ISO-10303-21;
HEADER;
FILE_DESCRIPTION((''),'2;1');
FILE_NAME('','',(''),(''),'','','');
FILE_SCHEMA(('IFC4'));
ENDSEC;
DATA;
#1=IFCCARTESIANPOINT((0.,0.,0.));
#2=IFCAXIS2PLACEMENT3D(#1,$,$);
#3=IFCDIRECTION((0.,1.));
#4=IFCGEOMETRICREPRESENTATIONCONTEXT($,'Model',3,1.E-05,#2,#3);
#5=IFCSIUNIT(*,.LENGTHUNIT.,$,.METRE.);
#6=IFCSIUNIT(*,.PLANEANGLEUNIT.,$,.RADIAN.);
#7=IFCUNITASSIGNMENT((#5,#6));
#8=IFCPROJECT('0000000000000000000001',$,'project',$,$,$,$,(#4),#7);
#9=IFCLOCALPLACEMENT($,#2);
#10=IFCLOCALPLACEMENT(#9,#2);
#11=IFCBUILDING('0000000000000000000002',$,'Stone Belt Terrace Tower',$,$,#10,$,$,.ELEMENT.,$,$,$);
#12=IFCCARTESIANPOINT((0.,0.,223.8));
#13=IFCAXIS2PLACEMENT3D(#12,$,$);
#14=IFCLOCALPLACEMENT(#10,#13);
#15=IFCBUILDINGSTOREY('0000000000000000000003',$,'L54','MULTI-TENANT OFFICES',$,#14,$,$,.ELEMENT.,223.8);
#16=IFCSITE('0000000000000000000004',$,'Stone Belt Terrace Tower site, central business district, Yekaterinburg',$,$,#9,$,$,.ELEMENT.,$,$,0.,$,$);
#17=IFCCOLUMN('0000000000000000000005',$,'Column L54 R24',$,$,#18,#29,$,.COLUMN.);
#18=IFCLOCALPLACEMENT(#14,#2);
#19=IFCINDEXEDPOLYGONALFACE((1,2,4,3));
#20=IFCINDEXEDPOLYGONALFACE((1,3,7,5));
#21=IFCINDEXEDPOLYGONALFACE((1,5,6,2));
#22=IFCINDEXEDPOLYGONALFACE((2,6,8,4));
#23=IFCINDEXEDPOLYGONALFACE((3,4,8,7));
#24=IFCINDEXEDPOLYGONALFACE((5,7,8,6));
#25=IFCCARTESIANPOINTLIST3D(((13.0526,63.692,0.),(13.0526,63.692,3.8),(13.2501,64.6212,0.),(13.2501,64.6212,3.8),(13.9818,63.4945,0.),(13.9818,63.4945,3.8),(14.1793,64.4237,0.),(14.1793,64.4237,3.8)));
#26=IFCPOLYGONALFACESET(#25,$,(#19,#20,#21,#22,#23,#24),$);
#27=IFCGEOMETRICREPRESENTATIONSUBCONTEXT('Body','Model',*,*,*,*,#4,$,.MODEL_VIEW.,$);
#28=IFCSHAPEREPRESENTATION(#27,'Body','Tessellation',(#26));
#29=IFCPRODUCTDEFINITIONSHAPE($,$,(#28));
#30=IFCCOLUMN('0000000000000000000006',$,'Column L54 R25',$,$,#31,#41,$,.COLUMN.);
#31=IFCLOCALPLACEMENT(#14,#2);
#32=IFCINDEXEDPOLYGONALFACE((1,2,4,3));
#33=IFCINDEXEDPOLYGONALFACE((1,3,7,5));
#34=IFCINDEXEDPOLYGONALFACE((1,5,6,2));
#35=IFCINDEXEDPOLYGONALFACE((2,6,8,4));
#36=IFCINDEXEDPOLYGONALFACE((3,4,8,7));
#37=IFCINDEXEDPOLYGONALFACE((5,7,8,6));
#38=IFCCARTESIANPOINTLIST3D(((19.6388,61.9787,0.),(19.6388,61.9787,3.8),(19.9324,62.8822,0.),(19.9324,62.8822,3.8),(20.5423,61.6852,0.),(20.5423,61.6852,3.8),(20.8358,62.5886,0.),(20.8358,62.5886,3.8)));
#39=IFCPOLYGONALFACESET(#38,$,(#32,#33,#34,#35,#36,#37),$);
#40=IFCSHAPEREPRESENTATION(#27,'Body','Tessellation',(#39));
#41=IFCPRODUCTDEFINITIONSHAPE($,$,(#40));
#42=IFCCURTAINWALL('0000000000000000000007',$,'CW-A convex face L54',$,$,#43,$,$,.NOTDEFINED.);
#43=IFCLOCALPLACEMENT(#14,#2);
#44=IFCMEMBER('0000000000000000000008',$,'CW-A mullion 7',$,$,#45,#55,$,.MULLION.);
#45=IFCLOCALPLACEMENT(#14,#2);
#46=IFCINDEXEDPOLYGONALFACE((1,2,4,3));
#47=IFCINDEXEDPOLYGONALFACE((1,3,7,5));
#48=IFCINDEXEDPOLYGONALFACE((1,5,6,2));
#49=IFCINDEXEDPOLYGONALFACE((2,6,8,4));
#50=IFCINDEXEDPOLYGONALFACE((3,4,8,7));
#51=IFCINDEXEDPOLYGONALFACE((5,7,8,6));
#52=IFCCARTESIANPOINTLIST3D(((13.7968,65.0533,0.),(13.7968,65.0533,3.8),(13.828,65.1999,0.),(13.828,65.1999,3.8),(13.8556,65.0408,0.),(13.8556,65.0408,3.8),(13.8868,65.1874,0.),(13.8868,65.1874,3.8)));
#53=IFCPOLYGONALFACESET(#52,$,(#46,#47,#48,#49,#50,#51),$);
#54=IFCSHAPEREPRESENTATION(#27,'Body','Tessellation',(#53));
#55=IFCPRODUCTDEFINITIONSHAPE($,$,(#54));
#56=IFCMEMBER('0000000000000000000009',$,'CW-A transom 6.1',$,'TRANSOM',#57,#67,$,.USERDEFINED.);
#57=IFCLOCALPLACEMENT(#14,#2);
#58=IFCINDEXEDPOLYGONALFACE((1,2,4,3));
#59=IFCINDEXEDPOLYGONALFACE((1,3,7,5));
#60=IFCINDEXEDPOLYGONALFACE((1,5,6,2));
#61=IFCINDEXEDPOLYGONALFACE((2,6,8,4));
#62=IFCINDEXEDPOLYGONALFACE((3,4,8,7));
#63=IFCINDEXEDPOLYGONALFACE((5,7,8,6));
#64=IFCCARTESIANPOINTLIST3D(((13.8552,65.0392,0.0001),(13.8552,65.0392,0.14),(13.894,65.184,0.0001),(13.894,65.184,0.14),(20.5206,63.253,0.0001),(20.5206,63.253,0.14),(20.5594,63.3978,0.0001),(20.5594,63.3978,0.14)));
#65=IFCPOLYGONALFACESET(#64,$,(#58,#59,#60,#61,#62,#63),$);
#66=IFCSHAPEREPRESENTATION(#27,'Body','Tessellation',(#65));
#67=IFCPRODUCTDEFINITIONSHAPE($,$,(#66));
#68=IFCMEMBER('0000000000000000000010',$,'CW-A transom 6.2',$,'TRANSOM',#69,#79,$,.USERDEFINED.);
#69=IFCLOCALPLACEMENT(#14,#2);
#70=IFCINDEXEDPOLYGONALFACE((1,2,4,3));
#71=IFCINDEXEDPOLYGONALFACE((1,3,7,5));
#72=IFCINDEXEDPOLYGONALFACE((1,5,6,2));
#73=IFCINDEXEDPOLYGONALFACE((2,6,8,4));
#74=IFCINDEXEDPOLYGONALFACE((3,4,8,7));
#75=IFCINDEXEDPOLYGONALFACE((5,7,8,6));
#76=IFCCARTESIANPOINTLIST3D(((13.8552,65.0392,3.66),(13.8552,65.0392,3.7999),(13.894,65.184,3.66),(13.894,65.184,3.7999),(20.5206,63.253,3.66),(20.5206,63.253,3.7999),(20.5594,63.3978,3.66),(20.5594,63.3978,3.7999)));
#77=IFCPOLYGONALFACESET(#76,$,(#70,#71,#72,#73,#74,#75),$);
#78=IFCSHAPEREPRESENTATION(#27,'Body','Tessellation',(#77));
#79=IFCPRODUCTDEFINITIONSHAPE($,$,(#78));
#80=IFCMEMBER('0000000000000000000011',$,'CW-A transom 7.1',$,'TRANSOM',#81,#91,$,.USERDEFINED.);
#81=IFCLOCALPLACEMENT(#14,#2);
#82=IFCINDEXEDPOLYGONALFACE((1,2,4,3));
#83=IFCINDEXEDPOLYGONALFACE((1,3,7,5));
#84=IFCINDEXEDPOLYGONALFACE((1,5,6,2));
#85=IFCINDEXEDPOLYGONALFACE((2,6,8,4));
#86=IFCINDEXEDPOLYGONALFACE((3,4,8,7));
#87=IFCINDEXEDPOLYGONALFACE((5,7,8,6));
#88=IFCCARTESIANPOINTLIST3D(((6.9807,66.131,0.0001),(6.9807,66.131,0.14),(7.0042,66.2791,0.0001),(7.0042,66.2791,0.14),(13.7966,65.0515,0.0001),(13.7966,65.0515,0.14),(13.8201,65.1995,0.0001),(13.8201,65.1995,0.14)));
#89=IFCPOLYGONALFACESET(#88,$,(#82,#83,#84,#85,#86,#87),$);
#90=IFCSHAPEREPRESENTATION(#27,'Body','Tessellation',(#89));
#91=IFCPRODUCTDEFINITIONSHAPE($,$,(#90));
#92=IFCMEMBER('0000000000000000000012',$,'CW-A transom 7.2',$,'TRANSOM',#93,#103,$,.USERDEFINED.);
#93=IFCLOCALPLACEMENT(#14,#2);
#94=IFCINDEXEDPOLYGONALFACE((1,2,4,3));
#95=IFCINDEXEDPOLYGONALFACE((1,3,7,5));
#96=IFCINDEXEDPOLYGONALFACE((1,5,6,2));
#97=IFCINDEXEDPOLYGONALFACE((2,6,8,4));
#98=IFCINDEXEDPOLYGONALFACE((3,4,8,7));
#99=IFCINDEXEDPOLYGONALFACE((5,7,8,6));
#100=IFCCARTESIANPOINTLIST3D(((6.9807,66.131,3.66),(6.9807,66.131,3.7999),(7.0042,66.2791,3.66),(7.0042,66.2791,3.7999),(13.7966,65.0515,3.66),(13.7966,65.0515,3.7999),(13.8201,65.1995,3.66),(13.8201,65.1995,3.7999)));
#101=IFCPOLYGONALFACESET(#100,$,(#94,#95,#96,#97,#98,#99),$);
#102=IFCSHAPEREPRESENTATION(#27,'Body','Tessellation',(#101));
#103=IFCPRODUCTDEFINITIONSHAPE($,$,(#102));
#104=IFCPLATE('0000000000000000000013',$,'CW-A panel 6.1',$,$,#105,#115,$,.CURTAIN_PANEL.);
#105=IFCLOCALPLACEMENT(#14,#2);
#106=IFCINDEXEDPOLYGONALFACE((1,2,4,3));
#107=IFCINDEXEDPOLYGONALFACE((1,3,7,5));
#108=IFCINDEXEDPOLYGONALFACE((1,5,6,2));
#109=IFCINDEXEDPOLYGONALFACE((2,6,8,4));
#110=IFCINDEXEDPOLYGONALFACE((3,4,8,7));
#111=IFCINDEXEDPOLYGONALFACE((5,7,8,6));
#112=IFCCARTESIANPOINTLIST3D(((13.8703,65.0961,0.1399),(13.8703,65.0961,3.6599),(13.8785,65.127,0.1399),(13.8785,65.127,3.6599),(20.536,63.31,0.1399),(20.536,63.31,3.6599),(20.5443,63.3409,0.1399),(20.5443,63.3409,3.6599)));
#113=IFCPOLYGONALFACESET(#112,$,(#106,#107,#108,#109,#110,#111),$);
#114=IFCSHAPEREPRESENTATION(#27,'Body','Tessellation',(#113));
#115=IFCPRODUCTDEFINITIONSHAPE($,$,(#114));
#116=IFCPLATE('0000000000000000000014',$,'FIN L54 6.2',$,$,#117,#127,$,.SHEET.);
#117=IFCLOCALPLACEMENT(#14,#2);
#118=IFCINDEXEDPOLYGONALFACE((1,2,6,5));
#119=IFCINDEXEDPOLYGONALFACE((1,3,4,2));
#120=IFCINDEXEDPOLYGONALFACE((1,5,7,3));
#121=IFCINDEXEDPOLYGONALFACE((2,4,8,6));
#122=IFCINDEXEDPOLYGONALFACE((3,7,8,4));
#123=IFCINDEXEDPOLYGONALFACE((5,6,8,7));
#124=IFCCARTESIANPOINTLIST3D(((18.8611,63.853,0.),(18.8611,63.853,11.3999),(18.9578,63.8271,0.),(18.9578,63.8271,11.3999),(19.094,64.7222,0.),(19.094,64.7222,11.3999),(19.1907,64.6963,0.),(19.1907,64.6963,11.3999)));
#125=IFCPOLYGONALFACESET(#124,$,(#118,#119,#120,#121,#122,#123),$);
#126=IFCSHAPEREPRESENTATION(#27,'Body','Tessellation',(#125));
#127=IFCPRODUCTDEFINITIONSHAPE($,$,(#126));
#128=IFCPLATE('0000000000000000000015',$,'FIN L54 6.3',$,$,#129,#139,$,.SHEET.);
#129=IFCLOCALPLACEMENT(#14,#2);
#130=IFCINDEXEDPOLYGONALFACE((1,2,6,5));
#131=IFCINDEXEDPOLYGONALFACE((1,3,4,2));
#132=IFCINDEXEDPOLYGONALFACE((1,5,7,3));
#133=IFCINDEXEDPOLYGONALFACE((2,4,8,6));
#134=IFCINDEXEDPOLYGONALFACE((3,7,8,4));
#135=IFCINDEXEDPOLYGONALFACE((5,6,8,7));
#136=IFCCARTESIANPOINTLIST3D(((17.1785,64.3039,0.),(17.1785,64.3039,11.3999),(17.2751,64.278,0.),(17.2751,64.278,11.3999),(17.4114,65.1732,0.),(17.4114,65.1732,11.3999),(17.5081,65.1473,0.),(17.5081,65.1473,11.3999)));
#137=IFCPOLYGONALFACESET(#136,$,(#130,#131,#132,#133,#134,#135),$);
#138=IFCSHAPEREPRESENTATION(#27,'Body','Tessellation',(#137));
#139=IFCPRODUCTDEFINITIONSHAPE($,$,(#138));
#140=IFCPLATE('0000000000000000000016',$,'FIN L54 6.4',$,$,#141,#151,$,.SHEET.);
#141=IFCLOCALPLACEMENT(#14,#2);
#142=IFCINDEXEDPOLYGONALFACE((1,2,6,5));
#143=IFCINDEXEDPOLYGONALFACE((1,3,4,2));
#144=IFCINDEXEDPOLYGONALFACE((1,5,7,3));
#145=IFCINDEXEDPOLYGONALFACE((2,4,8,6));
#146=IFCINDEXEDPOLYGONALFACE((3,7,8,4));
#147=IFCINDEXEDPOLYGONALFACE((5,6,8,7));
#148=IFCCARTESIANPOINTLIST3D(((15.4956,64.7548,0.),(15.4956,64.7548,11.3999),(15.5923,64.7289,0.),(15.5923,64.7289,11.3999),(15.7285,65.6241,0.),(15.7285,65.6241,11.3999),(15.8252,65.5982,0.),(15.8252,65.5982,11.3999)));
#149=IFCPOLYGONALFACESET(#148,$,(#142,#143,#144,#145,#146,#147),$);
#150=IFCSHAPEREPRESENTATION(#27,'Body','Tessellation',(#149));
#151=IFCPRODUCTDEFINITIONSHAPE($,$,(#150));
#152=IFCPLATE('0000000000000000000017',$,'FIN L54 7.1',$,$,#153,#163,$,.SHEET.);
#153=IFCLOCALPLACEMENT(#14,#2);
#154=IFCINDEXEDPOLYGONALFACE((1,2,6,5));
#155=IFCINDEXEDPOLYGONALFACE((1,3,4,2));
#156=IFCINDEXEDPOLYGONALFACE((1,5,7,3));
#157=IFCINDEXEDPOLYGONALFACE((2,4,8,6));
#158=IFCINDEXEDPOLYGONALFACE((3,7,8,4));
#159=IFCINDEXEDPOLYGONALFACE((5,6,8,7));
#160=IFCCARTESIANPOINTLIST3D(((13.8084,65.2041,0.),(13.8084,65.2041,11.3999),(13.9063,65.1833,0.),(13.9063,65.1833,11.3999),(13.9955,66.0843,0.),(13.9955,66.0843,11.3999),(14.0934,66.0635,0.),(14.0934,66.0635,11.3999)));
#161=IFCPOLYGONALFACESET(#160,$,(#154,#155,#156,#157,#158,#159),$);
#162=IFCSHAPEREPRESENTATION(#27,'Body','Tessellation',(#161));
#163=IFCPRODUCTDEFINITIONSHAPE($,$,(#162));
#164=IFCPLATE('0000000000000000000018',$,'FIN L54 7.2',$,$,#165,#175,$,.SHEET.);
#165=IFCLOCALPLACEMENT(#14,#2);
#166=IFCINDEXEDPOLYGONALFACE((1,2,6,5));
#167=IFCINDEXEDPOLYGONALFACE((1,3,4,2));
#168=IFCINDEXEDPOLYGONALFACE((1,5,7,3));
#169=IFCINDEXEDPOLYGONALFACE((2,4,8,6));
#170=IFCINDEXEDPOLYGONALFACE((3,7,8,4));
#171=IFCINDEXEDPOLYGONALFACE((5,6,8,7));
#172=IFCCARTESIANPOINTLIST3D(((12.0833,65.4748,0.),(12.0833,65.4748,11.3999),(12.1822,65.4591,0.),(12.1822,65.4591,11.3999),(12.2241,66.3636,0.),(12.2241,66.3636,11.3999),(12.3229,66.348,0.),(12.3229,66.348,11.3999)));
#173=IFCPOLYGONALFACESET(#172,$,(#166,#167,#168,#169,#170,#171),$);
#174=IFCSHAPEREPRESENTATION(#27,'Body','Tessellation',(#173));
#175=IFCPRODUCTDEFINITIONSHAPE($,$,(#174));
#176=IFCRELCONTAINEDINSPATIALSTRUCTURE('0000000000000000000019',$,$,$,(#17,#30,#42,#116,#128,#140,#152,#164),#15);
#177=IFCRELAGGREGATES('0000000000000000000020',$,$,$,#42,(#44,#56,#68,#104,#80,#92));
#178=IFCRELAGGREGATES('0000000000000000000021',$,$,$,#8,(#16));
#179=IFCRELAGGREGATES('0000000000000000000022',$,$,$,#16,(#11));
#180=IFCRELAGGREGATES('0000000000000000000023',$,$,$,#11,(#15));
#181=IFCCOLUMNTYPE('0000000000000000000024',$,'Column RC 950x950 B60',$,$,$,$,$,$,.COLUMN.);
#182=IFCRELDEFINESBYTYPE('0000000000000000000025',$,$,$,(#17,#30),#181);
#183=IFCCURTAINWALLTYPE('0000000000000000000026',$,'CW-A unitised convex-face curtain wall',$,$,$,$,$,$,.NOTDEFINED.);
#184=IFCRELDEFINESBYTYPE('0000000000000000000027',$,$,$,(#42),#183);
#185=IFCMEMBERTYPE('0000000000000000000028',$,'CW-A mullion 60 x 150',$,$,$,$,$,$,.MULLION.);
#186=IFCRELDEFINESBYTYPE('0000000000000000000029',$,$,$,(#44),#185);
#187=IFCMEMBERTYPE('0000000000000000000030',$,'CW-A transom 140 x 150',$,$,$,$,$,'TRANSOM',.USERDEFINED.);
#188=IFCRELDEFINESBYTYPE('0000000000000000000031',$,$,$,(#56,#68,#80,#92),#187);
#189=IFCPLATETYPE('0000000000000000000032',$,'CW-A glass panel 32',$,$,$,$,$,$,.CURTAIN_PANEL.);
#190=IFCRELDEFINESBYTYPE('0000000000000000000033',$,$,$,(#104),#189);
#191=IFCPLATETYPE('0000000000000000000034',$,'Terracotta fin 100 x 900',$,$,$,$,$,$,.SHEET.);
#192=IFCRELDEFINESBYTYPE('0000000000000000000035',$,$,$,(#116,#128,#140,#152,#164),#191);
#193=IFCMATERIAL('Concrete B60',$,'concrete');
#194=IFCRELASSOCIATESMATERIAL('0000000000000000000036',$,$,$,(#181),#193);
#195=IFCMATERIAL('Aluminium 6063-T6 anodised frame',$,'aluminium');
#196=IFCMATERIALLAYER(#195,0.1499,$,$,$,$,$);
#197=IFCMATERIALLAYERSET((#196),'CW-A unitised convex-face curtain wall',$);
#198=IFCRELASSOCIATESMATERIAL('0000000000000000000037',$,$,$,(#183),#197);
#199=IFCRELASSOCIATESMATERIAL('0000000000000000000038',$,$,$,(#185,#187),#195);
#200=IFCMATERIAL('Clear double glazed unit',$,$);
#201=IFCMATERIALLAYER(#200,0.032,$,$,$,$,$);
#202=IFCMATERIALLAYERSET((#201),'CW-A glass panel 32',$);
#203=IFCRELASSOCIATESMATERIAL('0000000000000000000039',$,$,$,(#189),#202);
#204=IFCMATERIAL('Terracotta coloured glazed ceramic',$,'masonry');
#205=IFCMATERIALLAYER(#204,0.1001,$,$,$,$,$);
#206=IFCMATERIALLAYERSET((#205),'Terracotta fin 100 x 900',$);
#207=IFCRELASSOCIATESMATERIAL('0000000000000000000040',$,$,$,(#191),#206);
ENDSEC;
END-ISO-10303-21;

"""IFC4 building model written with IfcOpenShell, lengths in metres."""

from ifc_helpers import new_model, si_unit, direction, frame, origin, origin_2d, place, context, subcontext, project, spatial, rectangle, extrude, material, layer, layer_set, material_profile, profile_set, type_object, element, aggregate, save


model = new_model("IFC4")

# Units and contexts
model_context = context("Model", 3, precision=1e-05, world=origin(), true_north=direction((0.0, 1.0)))
body_context = subcontext(model_context, "Body", "Model", "MODEL_VIEW")
ifc_project = project(units=[si_unit("LENGTHUNIT", "METRE"), si_unit("PLANEANGLEUNIT", "RADIAN")], contexts=[model_context])

# Site, building, storey
site_placement = place(None, origin())
site = spatial("IfcSite", under=ifc_project, at=site_placement, Name="Stone Belt Terrace Tower site, central business district, Yekaterinburg", CompositionType="ELEMENT", RefElevation=0.0)
building_placement = place(site_placement, origin())
building = spatial("IfcBuilding", under=site, at=building_placement, Name="Stone Belt Terrace Tower", CompositionType="ELEMENT")
storey_placement = place(building_placement, frame((0.0, 0.0, 223.8)))
storey = spatial("IfcBuildingStorey", under=building, at=storey_placement, Name="L54", Description="MULTI-TENANT OFFICES", CompositionType="ELEMENT", Elevation=223.8)

# Columns
ifc_material_1 = material(Name="Concrete B60", Category="concrete")
ifc_material_profile_1 = material_profile(ifc_material_1, rectangle(XDim=0.95, YDim=0.95, at=origin_2d()), Name="RC 950x950")
ifc_profile_set_1 = profile_set([ifc_material_profile_1], Name="Concrete B60")
column_type = type_object("IfcColumnType", Name="Column RC 950x950 B60", PredefinedType="COLUMN", material=ifc_profile_set_1)
for number, where, z_axis, x_axis, name in (
    (1, (13.616, 64.0579, 0.0), (0.0, 0.0, 1.0), (0.978148, -0.207912, 0.0), "Column L54 R24"),
    (2, (20.2373, 62.2837, 0.0), (0.0, 0.0, 1.0), (0.951057, -0.309017, 0.0), "Column L54 R25"),
):
    element("IfcColumn", number, at=place(storey_placement, frame(where, z_axis=z_axis, x_axis=x_axis)), inside=storey, type_object=column_type, Name=name, PredefinedType="COLUMN", context=body_context, shape_type="SweptSolid", body=[
        extrude(rectangle(XDim=0.95, YDim=0.95, at=origin_2d()), origin(), (0.0, 0.0, 1.0), 3.8),
    ])

# Curtain wall, members, plate
ifc_material_2 = material(Name="Aluminium 6063-T6 anodised frame", Category="aluminium")
ifc_layer_1 = layer(ifc_material_2, 0.1499)
ifc_layer_set_1 = layer_set([ifc_layer_1], Name="CW-A unitised convex-face curtain wall")
curtain_wall_type = type_object("IfcCurtainWallType", Name="CW-A unitised convex-face curtain wall", PredefinedType="NOTDEFINED", material=ifc_layer_set_1)
curtain_wall_placement = place(storey_placement, origin())
curtain_wall = element("IfcCurtainWall", 3, at=curtain_wall_placement, inside=storey, type_object=curtain_wall_type, Name="CW-A convex face L54", PredefinedType="NOTDEFINED")
ifc_material_profile_2 = material_profile(ifc_material_2, rectangle(XDim=0.1499, YDim=0.0601, at=origin_2d()), Name="Aluminium 6063-T6 60x150")
ifc_profile_set_2 = profile_set([ifc_material_profile_2], Name="Aluminium 6063-T6 anodised frame")
member_type_1 = type_object("IfcMemberType", Name="CW-A mullion 60 x 150", PredefinedType="MULLION", material=ifc_profile_set_2)
member_1_placement = place(storey_placement, frame((13.8418, 65.1204, 0.0), z_axis=(0.0, 0.0, 1.0), x_axis=(-0.207912, -0.978148, 0.0)))
member_1 = element("IfcMember", 4, at=member_1_placement, type_object=member_type_1, Name="CW-A mullion 7", PredefinedType="MULLION", context=body_context, shape_type="SweptSolid", body=[
    extrude(rectangle(XDim=0.1499, YDim=0.0601, at=origin_2d()), origin(), (0.0, 0.0, 1.0), 3.8),
])
ifc_material_profile_3 = material_profile(ifc_material_2, rectangle(XDim=0.1499, YDim=0.1399, at=origin_2d()), Name="Aluminium 6063-T6 150x140")
ifc_profile_set_3 = profile_set([ifc_material_profile_3], Name="Aluminium 6063-T6 anodised frame")
member_type_2 = type_object("IfcMemberType", Name="CW-A transom 140 x 150", ElementType="TRANSOM", PredefinedType="USERDEFINED", material=ifc_profile_set_3)
member_2_placement = place(storey_placement, frame((20.54, 63.3254, 0.0701), z_axis=(-0.965922, 0.258834, 0.0), x_axis=(-0.258834, -0.965922, 0.0)))
member_2 = element("IfcMember", 5, at=member_2_placement, type_object=member_type_2, Name="CW-A transom 6.1", ObjectType="TRANSOM", PredefinedType="USERDEFINED", context=body_context, shape_type="SweptSolid", body=[
    extrude(rectangle(XDim=0.1499, YDim=0.1399, at=origin_2d()), origin(), (0.0, 0.0, 1.0), 6.9006),
])
member_3_placement = place(storey_placement, frame((20.54, 63.3254, 3.73), z_axis=(-0.965922, 0.258834, 0.0), x_axis=(-0.258834, -0.965922, 0.0)))
member_3 = element("IfcMember", 6, at=member_3_placement, type_object=member_type_2, Name="CW-A transom 6.2", ObjectType="TRANSOM", PredefinedType="USERDEFINED", context=body_context, shape_type="SweptSolid", body=[
    extrude(rectangle(XDim=0.1499, YDim=0.1399, at=origin_2d()), origin(), (0.0, 0.0, 1.0), 6.9006),
])
member_4_placement = place(storey_placement, frame((13.8083, 65.1255, 0.0701), z_axis=(-0.987687, 0.156442, 0.0), x_axis=(-0.156442, -0.987687, 0.0)))
member_4 = element("IfcMember", 7, at=member_4_placement, type_object=member_type_2, Name="CW-A transom 7.1", ObjectType="TRANSOM", PredefinedType="USERDEFINED", context=body_context, shape_type="SweptSolid", body=[
    extrude(rectangle(XDim=0.1499, YDim=0.1399, at=origin_2d()), origin(), (0.0, 0.0, 1.0), 6.9009),
])
member_5_placement = place(storey_placement, frame((13.8083, 65.1255, 3.73), z_axis=(-0.987687, 0.156442, 0.0), x_axis=(-0.156442, -0.987687, 0.0)))
member_5 = element("IfcMember", 8, at=member_5_placement, type_object=member_type_2, Name="CW-A transom 7.2", ObjectType="TRANSOM", PredefinedType="USERDEFINED", context=body_context, shape_type="SweptSolid", body=[
    extrude(rectangle(XDim=0.1499, YDim=0.1399, at=origin_2d()), origin(), (0.0, 0.0, 1.0), 6.9009),
])
ifc_material_3 = material(Name="Clear double glazed unit")
ifc_layer_2 = layer(ifc_material_3, 0.032)
ifc_layer_set_2 = layer_set([ifc_layer_2], Name="CW-A glass panel 32")
plate_type_1 = type_object("IfcPlateType", Name="CW-A glass panel 32", PredefinedType="CURTAIN_PANEL", material=ifc_layer_set_2)
plate_placement = place(storey_placement, frame((17.2073, 64.2185, 0.1399), z_axis=(0.0, 0.0, 1.0), x_axis=(-0.965926, 0.258819, 0.0)))
plate = element("IfcPlate", 9, at=plate_placement, type_object=plate_type_1, Name="CW-A panel 6.1", PredefinedType="CURTAIN_PANEL", context=body_context, shape_type="SweptSolid", body=[
    extrude(rectangle(XDim=6.9009, YDim=0.032, at=origin_2d()), origin(), (0.0, 0.0, 1.0), 3.52),
])
aggregate(curtain_wall, [member_1, member_2, member_3, plate, member_4, member_5])

# Plates
ifc_material_4 = material(Name="Terracotta coloured glazed ceramic", Category="masonry")
ifc_layer_3 = layer(ifc_material_4, 0.1001)
ifc_layer_set_3 = layer_set([ifc_layer_3], Name="Terracotta fin 100 x 900")
plate_type_2 = type_object("IfcPlateType", Name="Terracotta fin 100 x 900", PredefinedType="SHEET", material=ifc_layer_set_3)
for number, where, z_axis, x_axis, name in (
    (10, (19.0259, 64.2747, 0.0), (0.0, 0.0, 1.0), (0.258819, 0.965926, 0.0), "FIN L54 6.2"),
    (11, (17.3433, 64.7256, 0.0), (0.0, 0.0, 1.0), (0.258819, 0.965926, 0.0), "FIN L54 6.3"),
    (12, (15.6604, 65.1765, 0.0), (0.0, 0.0, 1.0), (0.258819, 0.965926, 0.0), "FIN L54 6.4"),
    (13, (13.9509, 65.6338, 0.0), (0.0, 0.0, 1.0), (0.207912, 0.978148, 0.0), "FIN L54 7.1"),
    (14, (12.2031, 65.9114, 0.0), (0.0, 0.0, 1.0), (0.156434, 0.987688, 0.0), "FIN L54 7.2"),
):
    element("IfcPlate", number, at=place(storey_placement, frame(where, z_axis=z_axis, x_axis=x_axis)), inside=storey, type_object=plate_type_2, Name=name, PredefinedType="SHEET", context=body_context, shape_type="SweptSolid", body=[
        extrude(rectangle(XDim=0.8999, YDim=0.1001, at=origin_2d()), origin(), (0.0, 0.0, 1.0), 11.3999),
    ])

save(model, "model.ifc")
